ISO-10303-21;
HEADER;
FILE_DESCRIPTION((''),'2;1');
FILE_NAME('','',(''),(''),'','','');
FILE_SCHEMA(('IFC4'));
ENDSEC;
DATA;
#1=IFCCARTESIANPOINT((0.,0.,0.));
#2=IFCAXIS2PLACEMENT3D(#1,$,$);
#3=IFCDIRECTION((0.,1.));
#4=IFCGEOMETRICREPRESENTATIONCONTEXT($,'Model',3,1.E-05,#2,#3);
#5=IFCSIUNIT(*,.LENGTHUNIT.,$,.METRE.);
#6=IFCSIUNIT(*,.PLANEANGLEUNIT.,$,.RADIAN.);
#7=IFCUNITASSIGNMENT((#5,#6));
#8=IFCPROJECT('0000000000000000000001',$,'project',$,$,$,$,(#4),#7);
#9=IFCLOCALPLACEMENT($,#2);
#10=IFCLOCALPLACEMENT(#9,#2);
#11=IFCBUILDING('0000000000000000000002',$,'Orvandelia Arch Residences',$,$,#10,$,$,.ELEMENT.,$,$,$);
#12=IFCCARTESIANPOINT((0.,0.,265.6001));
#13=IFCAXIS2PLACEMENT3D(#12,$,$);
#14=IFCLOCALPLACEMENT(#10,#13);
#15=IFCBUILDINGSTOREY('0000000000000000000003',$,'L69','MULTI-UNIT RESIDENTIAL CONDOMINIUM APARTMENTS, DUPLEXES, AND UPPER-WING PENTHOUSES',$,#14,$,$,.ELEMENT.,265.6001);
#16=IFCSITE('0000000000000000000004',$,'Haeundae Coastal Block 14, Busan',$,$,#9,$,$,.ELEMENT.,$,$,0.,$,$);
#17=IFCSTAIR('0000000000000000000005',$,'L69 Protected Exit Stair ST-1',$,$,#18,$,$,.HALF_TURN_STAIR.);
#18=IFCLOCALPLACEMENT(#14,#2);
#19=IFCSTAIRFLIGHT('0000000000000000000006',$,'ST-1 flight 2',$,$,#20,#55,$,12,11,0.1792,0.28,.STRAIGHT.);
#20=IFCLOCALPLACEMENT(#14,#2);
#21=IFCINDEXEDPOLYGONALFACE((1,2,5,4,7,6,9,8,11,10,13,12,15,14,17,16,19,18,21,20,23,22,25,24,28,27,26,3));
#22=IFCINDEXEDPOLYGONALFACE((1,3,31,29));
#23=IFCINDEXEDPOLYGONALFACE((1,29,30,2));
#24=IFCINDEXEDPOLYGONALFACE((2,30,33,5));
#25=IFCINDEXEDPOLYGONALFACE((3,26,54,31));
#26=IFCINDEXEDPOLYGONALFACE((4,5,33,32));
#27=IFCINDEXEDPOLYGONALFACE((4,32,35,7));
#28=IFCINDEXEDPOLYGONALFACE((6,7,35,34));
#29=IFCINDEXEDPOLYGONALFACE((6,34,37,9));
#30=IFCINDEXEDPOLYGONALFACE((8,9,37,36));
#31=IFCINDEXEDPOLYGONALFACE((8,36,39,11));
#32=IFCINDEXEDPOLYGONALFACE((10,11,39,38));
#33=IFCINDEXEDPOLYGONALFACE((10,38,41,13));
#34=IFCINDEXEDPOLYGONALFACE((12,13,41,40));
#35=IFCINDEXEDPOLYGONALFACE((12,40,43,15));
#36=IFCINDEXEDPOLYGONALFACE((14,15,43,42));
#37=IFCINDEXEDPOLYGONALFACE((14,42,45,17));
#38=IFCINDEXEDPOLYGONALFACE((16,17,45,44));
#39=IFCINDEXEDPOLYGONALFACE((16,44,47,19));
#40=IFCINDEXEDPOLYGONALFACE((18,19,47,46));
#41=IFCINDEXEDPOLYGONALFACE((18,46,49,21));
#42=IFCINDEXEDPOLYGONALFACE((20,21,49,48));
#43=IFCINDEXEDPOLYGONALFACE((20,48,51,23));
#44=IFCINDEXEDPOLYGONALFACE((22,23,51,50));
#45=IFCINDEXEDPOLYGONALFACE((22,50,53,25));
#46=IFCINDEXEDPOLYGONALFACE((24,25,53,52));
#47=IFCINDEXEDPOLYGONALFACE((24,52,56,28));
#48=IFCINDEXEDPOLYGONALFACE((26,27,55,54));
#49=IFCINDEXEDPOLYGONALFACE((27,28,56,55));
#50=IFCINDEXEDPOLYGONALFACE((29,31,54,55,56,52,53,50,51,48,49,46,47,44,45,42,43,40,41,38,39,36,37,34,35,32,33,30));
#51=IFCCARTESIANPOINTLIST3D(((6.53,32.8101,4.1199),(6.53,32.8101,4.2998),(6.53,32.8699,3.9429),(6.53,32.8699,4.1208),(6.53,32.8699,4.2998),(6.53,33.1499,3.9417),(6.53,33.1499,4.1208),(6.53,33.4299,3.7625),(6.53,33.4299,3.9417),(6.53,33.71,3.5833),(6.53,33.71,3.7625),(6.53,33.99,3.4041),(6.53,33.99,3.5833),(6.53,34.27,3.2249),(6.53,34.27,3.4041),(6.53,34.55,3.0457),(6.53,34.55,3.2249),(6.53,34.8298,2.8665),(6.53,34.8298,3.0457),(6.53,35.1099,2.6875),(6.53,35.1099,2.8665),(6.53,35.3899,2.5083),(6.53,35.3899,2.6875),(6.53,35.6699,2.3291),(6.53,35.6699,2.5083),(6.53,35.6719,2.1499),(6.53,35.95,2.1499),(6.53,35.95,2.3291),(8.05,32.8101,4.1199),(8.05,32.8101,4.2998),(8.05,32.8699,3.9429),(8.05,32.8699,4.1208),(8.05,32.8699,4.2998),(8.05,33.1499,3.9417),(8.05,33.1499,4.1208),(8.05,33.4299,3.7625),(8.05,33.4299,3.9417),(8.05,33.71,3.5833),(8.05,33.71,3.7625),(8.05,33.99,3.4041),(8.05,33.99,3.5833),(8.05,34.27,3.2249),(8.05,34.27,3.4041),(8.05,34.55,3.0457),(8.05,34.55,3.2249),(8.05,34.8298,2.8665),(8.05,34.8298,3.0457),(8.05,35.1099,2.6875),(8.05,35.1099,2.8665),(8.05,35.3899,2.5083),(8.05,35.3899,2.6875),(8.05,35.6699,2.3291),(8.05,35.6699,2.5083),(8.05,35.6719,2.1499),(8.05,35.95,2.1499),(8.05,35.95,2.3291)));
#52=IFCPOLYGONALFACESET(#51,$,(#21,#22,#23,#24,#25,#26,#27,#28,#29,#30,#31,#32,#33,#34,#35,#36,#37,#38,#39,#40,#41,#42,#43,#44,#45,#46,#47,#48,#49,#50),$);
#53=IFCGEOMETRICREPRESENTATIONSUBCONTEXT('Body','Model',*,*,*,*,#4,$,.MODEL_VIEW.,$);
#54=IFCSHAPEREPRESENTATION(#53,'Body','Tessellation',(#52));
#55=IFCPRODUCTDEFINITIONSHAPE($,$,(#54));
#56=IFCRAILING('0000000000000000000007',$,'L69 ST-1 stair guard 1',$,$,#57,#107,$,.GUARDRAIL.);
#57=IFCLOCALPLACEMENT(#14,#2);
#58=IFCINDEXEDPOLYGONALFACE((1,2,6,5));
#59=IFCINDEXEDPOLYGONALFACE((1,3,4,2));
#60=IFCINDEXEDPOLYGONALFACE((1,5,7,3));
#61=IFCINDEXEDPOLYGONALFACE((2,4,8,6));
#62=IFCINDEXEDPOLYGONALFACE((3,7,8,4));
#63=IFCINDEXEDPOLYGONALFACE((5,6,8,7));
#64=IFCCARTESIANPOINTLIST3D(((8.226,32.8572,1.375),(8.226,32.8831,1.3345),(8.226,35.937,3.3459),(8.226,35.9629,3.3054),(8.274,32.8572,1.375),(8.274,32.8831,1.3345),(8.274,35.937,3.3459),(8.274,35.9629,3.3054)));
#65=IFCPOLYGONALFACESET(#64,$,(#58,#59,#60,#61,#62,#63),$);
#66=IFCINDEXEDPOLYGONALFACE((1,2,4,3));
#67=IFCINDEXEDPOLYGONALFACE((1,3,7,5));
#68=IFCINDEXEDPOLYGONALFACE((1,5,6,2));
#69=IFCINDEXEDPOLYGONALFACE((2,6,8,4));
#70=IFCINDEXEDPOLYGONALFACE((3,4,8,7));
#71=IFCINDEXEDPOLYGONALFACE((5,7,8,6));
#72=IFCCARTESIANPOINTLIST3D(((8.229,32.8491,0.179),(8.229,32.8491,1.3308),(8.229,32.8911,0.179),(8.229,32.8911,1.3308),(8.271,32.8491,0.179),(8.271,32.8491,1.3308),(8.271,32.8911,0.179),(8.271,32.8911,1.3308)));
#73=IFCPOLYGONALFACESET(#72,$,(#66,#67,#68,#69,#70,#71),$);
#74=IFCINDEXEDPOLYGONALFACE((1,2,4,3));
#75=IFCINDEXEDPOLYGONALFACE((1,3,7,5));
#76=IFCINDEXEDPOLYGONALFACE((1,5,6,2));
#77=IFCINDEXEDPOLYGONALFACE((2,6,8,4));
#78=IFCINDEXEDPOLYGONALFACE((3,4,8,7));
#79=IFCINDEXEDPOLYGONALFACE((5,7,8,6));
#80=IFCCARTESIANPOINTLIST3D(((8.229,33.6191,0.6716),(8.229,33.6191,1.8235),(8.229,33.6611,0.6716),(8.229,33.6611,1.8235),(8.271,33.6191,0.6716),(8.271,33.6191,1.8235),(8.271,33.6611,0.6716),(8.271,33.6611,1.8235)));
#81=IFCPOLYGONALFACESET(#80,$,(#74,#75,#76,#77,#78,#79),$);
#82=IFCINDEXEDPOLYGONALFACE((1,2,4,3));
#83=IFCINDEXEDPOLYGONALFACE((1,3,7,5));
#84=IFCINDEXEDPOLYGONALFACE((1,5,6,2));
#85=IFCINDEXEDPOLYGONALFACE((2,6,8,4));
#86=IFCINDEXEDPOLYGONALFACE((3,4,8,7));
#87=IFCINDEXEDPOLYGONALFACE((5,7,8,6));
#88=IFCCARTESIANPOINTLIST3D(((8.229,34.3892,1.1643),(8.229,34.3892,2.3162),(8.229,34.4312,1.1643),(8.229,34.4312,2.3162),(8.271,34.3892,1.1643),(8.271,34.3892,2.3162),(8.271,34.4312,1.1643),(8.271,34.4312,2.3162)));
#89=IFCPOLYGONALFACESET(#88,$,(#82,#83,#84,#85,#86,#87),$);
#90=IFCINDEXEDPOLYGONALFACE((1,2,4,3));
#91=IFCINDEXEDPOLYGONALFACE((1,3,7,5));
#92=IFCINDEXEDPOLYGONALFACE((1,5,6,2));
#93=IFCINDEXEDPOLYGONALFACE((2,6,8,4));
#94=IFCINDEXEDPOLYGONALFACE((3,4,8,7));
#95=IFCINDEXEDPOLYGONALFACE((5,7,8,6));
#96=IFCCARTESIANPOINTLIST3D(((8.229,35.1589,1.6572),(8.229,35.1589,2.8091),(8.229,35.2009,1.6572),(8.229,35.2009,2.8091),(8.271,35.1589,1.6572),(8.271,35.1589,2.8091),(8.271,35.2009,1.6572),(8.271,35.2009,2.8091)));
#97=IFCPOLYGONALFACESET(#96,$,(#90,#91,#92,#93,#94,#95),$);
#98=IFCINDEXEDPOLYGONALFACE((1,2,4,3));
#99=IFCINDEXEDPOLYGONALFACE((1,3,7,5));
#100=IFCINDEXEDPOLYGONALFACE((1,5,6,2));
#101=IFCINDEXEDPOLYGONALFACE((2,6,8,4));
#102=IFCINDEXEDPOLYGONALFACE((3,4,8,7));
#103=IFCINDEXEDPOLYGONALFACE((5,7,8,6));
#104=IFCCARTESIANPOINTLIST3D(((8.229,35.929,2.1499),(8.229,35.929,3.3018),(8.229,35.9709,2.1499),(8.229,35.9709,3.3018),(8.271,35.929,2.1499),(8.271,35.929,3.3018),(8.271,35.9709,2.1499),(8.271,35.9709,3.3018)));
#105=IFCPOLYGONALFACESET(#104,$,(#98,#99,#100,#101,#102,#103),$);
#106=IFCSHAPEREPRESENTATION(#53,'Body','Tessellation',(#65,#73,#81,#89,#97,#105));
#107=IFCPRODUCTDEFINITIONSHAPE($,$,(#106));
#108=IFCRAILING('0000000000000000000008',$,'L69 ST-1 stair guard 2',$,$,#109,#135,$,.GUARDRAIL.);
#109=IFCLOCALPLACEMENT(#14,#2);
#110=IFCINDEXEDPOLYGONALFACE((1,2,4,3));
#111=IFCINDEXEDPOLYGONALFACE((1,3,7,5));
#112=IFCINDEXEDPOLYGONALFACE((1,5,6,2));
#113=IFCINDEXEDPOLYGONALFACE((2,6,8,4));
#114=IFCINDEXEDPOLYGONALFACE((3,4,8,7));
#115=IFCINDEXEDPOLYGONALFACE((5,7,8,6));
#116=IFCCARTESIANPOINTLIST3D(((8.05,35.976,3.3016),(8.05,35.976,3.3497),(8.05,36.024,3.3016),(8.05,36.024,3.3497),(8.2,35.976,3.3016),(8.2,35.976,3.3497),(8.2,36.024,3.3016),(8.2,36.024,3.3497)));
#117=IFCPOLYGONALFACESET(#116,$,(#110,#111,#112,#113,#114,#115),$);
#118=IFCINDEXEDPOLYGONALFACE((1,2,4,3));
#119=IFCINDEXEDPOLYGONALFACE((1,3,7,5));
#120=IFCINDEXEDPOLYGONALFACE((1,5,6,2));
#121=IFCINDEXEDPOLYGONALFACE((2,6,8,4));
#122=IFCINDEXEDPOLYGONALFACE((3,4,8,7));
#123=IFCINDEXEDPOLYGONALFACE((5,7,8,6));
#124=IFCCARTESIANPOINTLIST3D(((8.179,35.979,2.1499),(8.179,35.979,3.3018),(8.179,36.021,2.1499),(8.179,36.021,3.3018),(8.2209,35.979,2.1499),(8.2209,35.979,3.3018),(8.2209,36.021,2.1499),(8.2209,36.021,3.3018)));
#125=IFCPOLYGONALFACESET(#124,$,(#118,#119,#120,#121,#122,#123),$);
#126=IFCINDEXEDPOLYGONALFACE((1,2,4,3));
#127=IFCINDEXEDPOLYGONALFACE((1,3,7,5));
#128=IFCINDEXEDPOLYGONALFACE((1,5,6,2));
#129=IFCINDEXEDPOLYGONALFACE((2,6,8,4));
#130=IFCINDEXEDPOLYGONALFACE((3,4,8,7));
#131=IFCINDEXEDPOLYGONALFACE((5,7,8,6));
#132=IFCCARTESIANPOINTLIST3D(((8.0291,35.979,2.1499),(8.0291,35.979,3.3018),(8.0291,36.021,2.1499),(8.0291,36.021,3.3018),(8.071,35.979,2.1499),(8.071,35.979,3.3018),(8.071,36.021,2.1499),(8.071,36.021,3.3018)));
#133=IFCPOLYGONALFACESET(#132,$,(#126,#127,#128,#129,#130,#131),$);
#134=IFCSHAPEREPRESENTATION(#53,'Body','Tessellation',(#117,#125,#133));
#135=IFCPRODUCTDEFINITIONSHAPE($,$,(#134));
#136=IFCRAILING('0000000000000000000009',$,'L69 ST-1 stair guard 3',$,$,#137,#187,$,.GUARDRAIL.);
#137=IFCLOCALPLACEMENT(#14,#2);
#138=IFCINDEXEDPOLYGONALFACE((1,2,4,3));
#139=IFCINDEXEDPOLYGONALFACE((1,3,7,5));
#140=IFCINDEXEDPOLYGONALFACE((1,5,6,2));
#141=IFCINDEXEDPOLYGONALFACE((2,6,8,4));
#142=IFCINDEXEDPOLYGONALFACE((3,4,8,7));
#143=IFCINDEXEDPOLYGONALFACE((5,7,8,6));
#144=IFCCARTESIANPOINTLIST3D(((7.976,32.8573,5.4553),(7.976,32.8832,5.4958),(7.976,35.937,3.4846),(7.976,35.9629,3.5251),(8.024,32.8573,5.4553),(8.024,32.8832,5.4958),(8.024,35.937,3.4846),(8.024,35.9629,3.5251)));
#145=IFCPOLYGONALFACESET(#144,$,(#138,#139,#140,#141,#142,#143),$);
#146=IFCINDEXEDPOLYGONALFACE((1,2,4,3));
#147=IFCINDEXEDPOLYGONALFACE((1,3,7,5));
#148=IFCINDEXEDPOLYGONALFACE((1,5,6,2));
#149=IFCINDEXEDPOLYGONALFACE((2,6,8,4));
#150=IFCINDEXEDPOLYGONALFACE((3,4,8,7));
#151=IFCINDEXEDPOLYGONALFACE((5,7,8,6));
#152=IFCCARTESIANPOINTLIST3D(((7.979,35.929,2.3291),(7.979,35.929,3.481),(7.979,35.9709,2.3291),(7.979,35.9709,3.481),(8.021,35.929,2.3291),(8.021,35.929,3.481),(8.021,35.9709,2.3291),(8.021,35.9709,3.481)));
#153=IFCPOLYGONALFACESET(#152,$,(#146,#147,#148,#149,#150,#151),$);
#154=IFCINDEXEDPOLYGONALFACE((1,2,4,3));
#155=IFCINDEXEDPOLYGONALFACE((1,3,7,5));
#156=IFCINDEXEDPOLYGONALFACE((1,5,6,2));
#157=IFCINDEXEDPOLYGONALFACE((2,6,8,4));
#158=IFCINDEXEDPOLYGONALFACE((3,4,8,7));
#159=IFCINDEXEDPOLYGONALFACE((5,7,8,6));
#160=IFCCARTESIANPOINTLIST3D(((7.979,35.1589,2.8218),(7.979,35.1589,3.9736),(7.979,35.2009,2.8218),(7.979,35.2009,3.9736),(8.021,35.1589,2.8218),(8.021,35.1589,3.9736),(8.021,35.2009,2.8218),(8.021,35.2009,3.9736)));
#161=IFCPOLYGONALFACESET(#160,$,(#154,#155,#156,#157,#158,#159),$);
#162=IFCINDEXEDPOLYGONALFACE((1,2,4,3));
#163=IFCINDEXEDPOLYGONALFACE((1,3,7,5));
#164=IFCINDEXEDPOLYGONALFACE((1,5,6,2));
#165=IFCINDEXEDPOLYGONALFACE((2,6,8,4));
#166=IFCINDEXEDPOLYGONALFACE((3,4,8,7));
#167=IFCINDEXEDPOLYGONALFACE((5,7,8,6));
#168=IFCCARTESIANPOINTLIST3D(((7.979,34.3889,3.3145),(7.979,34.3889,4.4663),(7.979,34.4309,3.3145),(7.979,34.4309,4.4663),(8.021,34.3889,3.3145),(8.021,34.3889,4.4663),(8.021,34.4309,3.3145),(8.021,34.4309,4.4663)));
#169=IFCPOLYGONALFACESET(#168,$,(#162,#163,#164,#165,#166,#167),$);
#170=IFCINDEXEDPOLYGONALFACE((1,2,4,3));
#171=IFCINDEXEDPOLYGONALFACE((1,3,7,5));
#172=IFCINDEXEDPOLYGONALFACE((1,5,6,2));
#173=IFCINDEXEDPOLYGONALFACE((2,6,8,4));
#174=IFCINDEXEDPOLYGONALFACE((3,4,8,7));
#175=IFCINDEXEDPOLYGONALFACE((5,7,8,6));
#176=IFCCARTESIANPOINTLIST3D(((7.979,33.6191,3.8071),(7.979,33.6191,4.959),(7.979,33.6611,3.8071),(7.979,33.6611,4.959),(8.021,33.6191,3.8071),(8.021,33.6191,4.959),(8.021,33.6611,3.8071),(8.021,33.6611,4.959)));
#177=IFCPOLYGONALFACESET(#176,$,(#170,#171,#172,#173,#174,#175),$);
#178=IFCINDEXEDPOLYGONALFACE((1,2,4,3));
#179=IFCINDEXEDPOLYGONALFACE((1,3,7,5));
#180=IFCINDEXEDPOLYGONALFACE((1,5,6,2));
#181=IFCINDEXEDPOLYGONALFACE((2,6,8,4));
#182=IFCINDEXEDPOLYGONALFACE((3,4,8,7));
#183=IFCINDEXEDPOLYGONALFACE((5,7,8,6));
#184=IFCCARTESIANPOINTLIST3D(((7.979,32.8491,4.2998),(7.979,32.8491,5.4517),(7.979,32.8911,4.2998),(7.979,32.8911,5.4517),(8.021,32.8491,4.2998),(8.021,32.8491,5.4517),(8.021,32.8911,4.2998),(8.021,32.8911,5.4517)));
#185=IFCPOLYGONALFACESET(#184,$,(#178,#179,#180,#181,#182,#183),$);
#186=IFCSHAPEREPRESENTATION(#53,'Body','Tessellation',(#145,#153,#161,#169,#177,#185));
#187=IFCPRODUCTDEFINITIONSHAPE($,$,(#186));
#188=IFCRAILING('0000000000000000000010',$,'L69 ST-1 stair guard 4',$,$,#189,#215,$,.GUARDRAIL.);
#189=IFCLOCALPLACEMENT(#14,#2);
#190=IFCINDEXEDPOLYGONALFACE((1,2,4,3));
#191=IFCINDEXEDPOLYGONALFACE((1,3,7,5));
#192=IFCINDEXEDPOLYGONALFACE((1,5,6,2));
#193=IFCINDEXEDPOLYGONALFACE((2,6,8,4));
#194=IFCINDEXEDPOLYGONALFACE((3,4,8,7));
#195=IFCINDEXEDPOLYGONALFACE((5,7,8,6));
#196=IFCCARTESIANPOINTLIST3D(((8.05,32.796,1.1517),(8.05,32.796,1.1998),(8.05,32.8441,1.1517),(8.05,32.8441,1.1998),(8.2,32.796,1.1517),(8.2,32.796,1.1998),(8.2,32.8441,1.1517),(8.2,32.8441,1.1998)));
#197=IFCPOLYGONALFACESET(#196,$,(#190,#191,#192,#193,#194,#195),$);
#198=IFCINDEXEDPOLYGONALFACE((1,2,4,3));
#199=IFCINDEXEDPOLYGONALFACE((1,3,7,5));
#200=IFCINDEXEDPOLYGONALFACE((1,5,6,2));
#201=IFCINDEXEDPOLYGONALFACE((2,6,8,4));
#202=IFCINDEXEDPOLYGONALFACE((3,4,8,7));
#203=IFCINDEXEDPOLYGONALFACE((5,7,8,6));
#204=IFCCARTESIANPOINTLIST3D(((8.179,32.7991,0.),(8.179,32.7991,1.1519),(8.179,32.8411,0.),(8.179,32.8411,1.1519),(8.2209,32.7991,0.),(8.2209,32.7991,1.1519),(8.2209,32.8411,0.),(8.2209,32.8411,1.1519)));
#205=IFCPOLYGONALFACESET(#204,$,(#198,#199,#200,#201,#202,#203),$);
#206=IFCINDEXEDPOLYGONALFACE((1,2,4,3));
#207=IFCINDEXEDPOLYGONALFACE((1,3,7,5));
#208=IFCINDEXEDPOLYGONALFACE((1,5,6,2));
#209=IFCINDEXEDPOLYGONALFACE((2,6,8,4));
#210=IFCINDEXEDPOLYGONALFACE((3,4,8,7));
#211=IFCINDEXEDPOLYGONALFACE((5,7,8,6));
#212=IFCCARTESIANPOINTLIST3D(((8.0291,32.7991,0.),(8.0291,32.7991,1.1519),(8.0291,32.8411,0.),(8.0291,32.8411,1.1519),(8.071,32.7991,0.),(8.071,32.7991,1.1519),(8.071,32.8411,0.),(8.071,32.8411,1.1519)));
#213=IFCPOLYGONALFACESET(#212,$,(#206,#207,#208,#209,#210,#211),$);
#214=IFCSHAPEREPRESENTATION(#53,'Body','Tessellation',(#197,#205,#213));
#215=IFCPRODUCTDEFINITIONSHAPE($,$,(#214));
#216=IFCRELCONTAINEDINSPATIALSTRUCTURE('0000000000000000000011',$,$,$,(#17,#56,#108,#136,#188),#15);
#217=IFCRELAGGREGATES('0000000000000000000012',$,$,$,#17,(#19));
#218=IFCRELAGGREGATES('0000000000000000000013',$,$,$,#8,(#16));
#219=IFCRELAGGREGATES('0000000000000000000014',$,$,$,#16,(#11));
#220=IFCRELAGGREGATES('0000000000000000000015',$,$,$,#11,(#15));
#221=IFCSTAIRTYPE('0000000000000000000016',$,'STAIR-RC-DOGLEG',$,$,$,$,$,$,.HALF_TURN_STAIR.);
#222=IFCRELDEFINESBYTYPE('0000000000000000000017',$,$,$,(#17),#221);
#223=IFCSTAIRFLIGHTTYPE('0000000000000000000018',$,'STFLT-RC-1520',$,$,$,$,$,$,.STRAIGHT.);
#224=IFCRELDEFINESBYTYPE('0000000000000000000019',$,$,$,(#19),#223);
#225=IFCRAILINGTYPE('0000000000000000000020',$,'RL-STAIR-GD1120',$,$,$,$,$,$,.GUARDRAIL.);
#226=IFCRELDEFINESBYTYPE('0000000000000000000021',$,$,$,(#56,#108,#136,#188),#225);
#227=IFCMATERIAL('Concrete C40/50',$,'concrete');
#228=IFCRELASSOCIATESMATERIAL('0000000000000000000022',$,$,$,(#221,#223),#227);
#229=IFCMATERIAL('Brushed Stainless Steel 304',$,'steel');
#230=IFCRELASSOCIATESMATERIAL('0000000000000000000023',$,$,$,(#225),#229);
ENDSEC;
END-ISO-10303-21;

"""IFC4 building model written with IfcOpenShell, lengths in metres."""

from ifc_helpers import new_model, si_unit, direction, frame, origin, origin_2d, place, context, subcontext, project, spatial, polyline, rectangle, outline, extrude, material, type_object, element, aggregate, save


model = new_model("IFC4")

# Units and contexts
model_context = context("Model", 3, precision=1e-05, world=origin(), true_north=direction((0.0, 1.0)))
body_context = subcontext(model_context, "Body", "Model", "MODEL_VIEW")
ifc_project = project(units=[si_unit("LENGTHUNIT", "METRE"), si_unit("PLANEANGLEUNIT", "RADIAN")], contexts=[model_context])

# Site, building, storey
site_placement = place(None, origin())
site = spatial("IfcSite", under=ifc_project, at=site_placement, Name="Haeundae Coastal Block 14, Busan", CompositionType="ELEMENT", RefElevation=0.0)
building_placement = place(site_placement, origin())
building = spatial("IfcBuilding", under=site, at=building_placement, Name="Orvandelia Arch Residences", CompositionType="ELEMENT")
storey_placement = place(building_placement, frame((0.0, 0.0, 265.6001)))
storey = spatial("IfcBuildingStorey", under=building, at=storey_placement, Name="L69", Description="MULTI-UNIT RESIDENTIAL CONDOMINIUM APARTMENTS, DUPLEXES, AND UPPER-WING PENTHOUSES", CompositionType="ELEMENT", Elevation=265.6001)

# Stair, stair flight
ifc_material_1 = material(Name="Concrete C40/50", Category="concrete")
stair_type = type_object("IfcStairType", Name="STAIR-RC-DOGLEG", PredefinedType="HALF_TURN_STAIR", material=ifc_material_1)
stair_placement = place(storey_placement, origin())
stair = element("IfcStair", 1, at=stair_placement, inside=storey, type_object=stair_type, Name="L69 Protected Exit Stair ST-1", PredefinedType="HALF_TURN_STAIR")
stair_flight_type = type_object("IfcStairFlightType", Name="STFLT-RC-1520", PredefinedType="STRAIGHT", material=ifc_material_1)
stair_flight_1_placement = place(storey_placement, frame((7.29, 35.95, 2.1499), z_axis=(0.0, 0.0, 1.0), x_axis=(0.0, -1.0, 0.0)))
stair_flight_1 = element("IfcStairFlight", 2, at=stair_flight_1_placement, type_object=stair_flight_type, Name="ST-1 flight 2", NumberOfRisers=12, NumberOfTreads=11, PredefinedType="STRAIGHT", RiserHeight=0.1792, TreadLength=0.28, context=body_context, shape_type="SweptSolid", body=[
    extrude(outline(polyline([(0.0, 0.0), (0.0, 0.1792), (0.28, 0.1792), (0.28, 0.3584), (0.5601, 0.3584), (0.5601, 0.5376), (0.8401, 0.5376), (0.8401, 0.7166), (1.1201, 0.7166), (1.1201, 0.8958), (1.3999, 0.8958), (1.3999, 1.075), (1.6799, 1.075), (1.6799, 1.2542), (1.96, 1.2542), (1.96, 1.4333), (2.24, 1.4333), (2.24, 1.6125), (2.52, 1.6125), (2.52, 1.7917), (2.8, 1.7917), (2.8, 1.9709), (3.0801, 1.9709), (3.0801, 2.1499), (3.1399, 2.1499), (3.1399, 1.97), (3.0801, 1.793), (0.2781, 0.0), (0.0, 0.0)])), frame((0.0, 0.76, 0.0), z_axis=(0.0, -1.0, 0.0), x_axis=(1.0, 0.0, 0.0)), (0.0, 0.0, 1.0), 1.52),
])
aggregate(stair, [stair_flight_1])

# Railings
ifc_material_2 = material(Name="Brushed Stainless Steel 304", Category="steel")
railing_type_1 = type_object("IfcRailingType", Name="RL-STAIR-GD1120", PredefinedType="GUARDRAIL", material=ifc_material_2)
railing_1_placement = place(storey_placement, frame((8.25, 32.8701, 0.179)))
element("IfcRailing", 3, at=railing_1_placement, inside=storey, type_object=railing_type_1, Name="L69 ST-1 stair guard 1", PredefinedType="GUARDRAIL", context=body_context, shape_type="SweptSolid", body=[
    extrude(rectangle(XDim=0.0481, YDim=0.0481, at=origin_2d()), frame((0.0, 0.0, 1.1758), z_axis=(0.0, 0.84229, 0.539025), x_axis=(-1.0, 0.0, 0.0)), (0.0, 0.0, 1.0), 3.6565),
    extrude(rectangle(XDim=0.042, YDim=0.042, at=origin_2d()), origin(), (0.0, 0.0, 1.0), 1.1519),
    extrude(rectangle(XDim=0.042, YDim=0.042, at=origin_2d()), frame((0.0, 0.77, 0.4927)), (0.0, 0.0, 1.0), 1.1519),
    extrude(rectangle(XDim=0.042, YDim=0.042, at=origin_2d()), frame((0.0, 1.54, 0.9854)), (0.0, 0.0, 1.0), 1.1519),
    extrude(rectangle(XDim=0.042, YDim=0.042, at=origin_2d()), frame((0.0, 2.3098, 1.4783)), (0.0, 0.0, 1.0), 1.1519),
    extrude(rectangle(XDim=0.042, YDim=0.042, at=origin_2d()), frame((0.0, 3.0798, 1.9709)), (0.0, 0.0, 1.0), 1.1519),
])
railing_2_placement = place(storey_placement, frame((8.2, 36.0, 2.1499)))
element("IfcRailing", 4, at=railing_2_placement, inside=storey, type_object=railing_type_1, Name="L69 ST-1 stair guard 2", PredefinedType="GUARDRAIL", context=body_context, shape_type="SweptSolid", body=[
    extrude(rectangle(XDim=0.0481, YDim=0.0481, at=origin_2d()), frame((0.0, 0.0, 1.1758), z_axis=(-1.0, 0.0, 0.0), x_axis=(0.0, -1.0, 0.0)), (0.0, 0.0, 1.0), 0.1499),
    extrude(rectangle(XDim=0.042, YDim=0.042, at=origin_2d()), origin(), (0.0, 0.0, 1.0), 1.1519),
    extrude(rectangle(XDim=0.042, YDim=0.042, at=origin_2d()), frame((-0.1499, 0.0, 0.0)), (0.0, 0.0, 1.0), 1.1519),
])
railing_3_placement = place(storey_placement, frame((8.0, 35.95, 2.3291)))
element("IfcRailing", 5, at=railing_3_placement, inside=storey, type_object=railing_type_1, Name="L69 ST-1 stair guard 3", PredefinedType="GUARDRAIL", context=body_context, shape_type="SweptSolid", body=[
    extrude(rectangle(XDim=0.0481, YDim=0.0481, at=origin_2d()), frame((0.0, 0.0, 1.1758), z_axis=(0.0, -0.84232, 0.538978), x_axis=(1.0, 0.0, 0.0)), (0.0, 0.0, 1.0), 3.6562),
    extrude(rectangle(XDim=0.042, YDim=0.042, at=origin_2d()), origin(), (0.0, 0.0, 1.0), 1.1519),
    extrude(rectangle(XDim=0.042, YDim=0.042, at=origin_2d()), frame((0.0, -0.77, 0.4927)), (0.0, 0.0, 1.0), 1.1519),
    extrude(rectangle(XDim=0.042, YDim=0.042, at=origin_2d()), frame((0.0, -1.54, 0.9854)), (0.0, 0.0, 1.0), 1.1519),
    extrude(rectangle(XDim=0.042, YDim=0.042, at=origin_2d()), frame((0.0, -2.3098, 1.478)), (0.0, 0.0, 1.0), 1.1519),
    extrude(rectangle(XDim=0.042, YDim=0.042, at=origin_2d()), frame((0.0, -3.0798, 1.9707)), (0.0, 0.0, 1.0), 1.1519),
])
railing_4_placement = place(storey_placement, frame((8.2, 32.8201, 0.0)))
element("IfcRailing", 6, at=railing_4_placement, inside=storey, type_object=railing_type_1, Name="L69 ST-1 stair guard 4", PredefinedType="GUARDRAIL", context=body_context, shape_type="SweptSolid", body=[
    extrude(rectangle(XDim=0.0481, YDim=0.0481, at=origin_2d()), frame((0.0, 0.0, 1.1758), z_axis=(-1.0, 0.0, 0.0), x_axis=(0.0, -1.0, 0.0)), (0.0, 0.0, 1.0), 0.1499),
    extrude(rectangle(XDim=0.042, YDim=0.042, at=origin_2d()), origin(), (0.0, 0.0, 1.0), 1.1519),
    extrude(rectangle(XDim=0.042, YDim=0.042, at=origin_2d()), frame((-0.1499, 0.0, 0.0)), (0.0, 0.0, 1.0), 1.1519),
])

save(model, "model.ifc")
